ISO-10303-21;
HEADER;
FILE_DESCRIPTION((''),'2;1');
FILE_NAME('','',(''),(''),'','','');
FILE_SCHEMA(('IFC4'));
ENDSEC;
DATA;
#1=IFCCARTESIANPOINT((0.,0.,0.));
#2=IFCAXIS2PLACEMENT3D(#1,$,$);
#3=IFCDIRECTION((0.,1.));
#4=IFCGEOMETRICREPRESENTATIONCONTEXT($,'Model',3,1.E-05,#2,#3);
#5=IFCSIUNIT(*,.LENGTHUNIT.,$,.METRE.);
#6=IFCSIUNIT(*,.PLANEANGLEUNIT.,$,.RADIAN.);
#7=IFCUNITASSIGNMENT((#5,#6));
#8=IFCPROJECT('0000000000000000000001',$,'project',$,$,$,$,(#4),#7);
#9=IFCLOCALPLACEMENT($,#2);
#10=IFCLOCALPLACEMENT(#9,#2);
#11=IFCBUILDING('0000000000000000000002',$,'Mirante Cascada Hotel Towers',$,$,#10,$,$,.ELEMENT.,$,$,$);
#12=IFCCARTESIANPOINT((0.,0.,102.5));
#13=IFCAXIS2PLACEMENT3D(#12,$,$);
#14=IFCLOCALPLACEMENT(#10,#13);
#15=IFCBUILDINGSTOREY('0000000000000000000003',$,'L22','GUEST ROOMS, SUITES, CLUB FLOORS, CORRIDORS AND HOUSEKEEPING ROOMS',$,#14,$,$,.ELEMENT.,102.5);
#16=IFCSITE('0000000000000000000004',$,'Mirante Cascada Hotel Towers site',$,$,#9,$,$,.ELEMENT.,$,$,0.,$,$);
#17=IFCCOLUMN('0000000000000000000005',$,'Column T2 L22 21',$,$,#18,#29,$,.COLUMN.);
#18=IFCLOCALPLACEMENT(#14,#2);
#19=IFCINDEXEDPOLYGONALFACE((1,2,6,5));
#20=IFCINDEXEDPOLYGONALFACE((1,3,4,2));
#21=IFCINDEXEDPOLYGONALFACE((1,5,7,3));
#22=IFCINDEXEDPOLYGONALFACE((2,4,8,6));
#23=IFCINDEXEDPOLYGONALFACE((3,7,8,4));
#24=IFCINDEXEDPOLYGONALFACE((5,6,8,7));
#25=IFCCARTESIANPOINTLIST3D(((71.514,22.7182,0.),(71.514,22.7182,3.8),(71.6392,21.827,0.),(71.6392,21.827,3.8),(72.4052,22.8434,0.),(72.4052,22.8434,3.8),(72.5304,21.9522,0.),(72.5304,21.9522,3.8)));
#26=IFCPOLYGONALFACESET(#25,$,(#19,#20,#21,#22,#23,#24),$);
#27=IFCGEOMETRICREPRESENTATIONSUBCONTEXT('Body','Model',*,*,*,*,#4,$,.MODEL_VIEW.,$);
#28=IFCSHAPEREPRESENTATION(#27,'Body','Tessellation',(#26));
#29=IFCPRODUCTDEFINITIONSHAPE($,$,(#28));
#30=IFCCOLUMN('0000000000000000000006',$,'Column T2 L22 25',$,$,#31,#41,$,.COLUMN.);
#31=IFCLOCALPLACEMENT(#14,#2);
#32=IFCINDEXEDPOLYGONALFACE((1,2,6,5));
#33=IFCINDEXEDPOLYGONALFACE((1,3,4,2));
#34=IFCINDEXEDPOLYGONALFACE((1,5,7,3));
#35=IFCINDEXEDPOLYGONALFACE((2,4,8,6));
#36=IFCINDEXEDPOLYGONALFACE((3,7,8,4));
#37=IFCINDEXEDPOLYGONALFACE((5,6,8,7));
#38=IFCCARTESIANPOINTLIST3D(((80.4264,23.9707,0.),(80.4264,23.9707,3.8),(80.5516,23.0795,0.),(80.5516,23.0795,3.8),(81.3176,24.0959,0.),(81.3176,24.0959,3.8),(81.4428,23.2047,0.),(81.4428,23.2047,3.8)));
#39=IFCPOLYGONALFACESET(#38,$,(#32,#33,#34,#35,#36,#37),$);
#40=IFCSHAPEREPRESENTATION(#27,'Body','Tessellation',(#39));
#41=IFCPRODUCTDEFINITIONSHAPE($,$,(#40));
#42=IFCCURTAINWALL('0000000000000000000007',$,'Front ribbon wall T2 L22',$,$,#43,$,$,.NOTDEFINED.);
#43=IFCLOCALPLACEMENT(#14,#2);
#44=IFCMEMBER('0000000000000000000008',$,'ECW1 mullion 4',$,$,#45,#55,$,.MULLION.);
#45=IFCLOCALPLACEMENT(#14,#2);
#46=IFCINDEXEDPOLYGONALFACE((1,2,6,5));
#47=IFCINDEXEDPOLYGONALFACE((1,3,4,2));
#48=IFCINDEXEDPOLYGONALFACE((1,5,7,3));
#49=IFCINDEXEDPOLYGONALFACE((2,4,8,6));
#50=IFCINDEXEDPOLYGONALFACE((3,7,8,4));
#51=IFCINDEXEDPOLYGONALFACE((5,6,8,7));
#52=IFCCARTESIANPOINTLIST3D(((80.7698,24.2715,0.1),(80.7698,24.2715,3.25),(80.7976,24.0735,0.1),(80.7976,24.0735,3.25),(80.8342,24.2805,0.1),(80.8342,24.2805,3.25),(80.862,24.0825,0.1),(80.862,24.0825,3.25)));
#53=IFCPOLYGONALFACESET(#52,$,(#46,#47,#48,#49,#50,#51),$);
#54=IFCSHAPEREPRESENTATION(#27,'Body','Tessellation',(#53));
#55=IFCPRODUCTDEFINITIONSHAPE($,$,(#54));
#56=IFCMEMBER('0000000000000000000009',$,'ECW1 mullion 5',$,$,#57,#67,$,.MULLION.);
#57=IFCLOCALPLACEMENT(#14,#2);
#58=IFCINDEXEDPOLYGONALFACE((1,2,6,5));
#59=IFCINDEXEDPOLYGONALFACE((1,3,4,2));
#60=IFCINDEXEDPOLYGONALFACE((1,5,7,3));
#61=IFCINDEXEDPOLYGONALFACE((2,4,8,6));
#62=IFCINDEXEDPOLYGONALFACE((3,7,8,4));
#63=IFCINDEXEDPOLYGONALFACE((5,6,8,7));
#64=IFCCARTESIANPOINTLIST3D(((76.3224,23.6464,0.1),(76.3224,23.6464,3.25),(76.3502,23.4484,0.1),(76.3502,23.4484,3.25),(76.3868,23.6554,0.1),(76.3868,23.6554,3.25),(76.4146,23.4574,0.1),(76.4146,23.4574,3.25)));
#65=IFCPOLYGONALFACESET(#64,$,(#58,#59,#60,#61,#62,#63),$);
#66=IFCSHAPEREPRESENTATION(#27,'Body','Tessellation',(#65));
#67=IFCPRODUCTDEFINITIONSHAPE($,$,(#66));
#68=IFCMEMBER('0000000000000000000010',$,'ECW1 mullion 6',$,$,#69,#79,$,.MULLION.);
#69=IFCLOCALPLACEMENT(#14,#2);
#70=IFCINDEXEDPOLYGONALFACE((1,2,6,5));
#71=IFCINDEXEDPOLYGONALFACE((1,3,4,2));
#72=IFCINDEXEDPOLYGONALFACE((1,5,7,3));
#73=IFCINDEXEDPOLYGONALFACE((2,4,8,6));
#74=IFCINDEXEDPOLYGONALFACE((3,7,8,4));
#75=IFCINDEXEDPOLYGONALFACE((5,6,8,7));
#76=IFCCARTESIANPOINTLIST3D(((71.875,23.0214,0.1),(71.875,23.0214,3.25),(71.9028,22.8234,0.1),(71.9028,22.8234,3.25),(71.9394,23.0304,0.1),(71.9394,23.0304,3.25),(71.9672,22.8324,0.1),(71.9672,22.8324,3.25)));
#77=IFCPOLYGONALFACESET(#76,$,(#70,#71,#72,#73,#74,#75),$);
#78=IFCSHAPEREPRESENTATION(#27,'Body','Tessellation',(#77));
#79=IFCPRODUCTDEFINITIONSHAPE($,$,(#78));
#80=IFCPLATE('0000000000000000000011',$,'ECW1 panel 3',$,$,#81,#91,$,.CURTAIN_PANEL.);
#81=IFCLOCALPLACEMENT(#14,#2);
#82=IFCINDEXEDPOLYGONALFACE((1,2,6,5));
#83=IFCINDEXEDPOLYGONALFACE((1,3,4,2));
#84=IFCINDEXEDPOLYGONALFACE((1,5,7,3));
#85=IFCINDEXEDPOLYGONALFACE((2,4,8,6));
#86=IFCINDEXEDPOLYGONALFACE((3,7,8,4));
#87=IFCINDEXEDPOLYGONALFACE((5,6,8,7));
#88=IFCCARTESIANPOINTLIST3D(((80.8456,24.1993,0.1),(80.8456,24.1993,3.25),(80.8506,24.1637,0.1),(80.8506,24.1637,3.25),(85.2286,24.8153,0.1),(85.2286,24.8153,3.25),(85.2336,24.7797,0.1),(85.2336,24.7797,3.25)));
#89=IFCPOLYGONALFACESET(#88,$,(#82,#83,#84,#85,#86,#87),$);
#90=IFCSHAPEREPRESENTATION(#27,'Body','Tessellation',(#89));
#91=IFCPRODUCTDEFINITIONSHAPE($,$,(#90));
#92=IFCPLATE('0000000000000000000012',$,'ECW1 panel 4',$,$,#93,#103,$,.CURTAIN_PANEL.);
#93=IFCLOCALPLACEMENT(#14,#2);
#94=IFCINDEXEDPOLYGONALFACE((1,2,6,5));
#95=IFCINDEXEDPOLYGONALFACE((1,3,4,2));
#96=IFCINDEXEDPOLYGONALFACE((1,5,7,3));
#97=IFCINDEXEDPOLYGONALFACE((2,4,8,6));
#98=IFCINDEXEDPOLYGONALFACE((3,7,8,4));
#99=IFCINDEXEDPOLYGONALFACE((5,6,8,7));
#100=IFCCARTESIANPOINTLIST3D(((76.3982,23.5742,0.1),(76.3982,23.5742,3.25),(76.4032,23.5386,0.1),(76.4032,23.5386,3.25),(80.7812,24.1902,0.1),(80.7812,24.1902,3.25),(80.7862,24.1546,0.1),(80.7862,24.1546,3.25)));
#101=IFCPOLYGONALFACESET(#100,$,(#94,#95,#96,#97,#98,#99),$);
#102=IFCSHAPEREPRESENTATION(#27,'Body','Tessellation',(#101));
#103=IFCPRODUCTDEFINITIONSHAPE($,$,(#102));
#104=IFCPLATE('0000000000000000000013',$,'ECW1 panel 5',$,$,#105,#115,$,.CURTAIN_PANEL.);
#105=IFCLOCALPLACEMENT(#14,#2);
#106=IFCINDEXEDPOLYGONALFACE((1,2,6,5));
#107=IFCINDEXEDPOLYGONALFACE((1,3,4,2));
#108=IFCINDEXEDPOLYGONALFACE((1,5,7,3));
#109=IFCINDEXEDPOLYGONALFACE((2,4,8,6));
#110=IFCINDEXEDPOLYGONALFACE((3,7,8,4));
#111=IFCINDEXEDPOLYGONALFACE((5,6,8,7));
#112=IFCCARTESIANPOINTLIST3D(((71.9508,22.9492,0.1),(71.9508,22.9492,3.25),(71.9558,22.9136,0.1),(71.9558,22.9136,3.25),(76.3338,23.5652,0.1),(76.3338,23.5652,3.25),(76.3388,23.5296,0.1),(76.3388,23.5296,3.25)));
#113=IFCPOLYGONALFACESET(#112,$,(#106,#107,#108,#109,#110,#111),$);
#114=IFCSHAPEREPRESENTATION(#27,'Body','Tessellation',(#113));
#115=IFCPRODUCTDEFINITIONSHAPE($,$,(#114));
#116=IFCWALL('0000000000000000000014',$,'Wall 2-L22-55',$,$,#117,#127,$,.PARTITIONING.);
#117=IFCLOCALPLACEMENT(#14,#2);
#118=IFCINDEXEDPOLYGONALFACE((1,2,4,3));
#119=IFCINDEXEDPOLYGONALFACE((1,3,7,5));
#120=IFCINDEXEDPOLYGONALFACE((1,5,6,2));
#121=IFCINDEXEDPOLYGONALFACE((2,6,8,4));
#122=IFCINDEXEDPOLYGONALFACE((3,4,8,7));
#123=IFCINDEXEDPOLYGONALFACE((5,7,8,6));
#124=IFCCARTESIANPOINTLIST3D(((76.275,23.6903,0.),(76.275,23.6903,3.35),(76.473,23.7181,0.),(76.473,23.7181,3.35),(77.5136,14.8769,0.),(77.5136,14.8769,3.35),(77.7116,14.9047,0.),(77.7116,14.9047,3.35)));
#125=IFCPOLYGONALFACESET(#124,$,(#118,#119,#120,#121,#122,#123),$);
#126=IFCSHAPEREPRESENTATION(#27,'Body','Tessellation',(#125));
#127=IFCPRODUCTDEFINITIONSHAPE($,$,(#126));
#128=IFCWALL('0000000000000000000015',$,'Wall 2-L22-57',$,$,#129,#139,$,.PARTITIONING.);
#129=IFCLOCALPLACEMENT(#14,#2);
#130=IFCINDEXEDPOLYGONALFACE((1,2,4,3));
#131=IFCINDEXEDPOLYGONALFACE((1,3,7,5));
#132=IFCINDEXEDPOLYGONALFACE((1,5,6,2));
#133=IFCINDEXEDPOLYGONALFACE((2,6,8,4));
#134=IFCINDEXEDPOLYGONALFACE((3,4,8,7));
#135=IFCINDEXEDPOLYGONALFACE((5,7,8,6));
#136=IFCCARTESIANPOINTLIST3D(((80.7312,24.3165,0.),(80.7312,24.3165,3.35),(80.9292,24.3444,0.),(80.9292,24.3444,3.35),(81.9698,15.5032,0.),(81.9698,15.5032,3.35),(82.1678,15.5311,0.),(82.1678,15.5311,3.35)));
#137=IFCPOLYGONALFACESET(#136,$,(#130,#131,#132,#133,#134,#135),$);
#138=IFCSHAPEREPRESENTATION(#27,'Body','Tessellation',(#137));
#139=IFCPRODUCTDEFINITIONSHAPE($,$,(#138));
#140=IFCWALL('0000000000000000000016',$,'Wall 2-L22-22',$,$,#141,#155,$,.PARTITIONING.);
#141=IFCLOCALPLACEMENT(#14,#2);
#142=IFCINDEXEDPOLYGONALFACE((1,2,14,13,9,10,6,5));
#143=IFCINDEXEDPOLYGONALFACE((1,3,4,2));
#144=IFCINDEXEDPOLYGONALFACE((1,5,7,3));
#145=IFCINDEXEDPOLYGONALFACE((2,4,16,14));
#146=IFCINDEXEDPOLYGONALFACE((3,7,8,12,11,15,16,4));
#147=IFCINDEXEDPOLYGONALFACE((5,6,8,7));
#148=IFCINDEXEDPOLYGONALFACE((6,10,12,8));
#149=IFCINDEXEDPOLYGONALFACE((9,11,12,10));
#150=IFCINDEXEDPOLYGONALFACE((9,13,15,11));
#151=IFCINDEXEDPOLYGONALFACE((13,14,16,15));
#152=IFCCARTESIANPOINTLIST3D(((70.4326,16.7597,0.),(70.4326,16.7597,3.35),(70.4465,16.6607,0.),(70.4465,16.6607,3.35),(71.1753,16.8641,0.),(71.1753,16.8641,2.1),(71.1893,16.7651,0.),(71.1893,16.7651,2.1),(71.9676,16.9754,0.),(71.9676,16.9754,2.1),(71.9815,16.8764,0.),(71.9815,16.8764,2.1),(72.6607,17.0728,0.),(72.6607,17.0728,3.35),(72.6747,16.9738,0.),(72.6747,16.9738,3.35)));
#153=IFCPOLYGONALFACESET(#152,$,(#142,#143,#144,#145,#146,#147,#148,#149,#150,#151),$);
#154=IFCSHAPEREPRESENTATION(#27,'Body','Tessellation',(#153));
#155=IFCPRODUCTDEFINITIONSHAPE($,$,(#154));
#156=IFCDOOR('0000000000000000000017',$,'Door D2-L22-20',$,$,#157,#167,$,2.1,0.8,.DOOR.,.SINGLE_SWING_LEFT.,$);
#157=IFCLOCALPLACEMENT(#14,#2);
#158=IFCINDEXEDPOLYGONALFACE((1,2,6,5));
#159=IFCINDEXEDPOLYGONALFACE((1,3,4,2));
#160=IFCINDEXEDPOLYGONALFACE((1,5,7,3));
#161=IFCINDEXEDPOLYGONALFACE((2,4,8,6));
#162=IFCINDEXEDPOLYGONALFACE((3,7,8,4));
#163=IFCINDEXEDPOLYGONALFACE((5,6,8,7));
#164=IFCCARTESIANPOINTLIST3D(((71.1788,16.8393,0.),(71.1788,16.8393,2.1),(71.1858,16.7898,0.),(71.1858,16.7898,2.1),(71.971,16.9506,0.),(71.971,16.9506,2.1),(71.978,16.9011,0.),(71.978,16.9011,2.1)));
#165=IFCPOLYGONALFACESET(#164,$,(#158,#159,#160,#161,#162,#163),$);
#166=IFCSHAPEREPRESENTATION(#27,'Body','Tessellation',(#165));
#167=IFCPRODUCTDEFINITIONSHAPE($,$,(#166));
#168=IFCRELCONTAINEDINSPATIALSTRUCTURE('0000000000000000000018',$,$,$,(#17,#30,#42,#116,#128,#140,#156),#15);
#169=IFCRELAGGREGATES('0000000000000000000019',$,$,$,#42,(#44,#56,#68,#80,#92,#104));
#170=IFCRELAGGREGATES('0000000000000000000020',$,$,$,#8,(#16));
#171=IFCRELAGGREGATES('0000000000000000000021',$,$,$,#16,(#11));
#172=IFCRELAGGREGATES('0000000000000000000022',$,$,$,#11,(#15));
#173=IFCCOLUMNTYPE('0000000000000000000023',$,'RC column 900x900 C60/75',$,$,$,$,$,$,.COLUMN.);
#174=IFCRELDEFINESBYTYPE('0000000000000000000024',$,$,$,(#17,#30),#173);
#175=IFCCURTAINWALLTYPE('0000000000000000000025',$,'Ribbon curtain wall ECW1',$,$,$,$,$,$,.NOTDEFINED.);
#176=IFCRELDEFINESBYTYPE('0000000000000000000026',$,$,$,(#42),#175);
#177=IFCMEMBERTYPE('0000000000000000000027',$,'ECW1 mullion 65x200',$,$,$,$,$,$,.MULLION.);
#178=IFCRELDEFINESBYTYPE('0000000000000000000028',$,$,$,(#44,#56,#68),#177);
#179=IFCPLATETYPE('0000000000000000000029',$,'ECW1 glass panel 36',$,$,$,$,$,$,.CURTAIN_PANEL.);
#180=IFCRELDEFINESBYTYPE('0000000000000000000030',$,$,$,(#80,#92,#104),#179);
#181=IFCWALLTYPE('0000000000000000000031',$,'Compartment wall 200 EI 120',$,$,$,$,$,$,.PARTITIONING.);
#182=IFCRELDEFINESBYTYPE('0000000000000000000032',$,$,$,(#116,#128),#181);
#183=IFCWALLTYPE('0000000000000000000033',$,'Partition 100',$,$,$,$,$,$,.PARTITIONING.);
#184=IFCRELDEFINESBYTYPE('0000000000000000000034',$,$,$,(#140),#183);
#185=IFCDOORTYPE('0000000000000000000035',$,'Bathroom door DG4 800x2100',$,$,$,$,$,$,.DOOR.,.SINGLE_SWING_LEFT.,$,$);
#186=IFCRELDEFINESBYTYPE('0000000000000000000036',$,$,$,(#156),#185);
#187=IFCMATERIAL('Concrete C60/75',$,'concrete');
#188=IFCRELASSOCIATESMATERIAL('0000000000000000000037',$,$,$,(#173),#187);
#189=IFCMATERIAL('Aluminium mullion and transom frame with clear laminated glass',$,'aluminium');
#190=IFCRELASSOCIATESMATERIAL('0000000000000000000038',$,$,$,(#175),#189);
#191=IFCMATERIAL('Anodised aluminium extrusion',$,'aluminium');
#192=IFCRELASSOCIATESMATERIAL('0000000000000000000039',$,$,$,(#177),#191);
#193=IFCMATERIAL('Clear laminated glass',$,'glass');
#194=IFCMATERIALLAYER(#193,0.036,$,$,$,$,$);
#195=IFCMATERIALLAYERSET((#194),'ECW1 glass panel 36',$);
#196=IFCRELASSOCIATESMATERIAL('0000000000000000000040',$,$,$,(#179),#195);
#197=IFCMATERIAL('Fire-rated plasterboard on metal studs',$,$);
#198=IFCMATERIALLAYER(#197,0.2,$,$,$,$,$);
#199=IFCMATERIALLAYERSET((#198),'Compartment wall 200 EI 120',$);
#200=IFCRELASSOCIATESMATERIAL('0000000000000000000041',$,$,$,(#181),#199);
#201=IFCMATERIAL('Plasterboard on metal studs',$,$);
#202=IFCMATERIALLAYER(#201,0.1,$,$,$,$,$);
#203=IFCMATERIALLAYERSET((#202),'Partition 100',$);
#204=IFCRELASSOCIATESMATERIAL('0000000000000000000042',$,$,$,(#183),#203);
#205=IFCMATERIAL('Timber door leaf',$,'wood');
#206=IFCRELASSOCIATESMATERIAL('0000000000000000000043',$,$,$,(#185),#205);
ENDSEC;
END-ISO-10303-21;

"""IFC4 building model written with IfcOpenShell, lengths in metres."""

from ifc_helpers import new_model, si_unit, direction, frame, frame_2d, origin, origin_2d, place, context, subcontext, project, spatial, rectangle, extrude, material, layer, layer_set, material_profile, profile_set, type_object, element, fill, aggregate, save


model = new_model("IFC4")

# Units and contexts
model_context = context("Model", 3, precision=1e-05, world=origin(), true_north=direction((0.0, 1.0)))
body_context = subcontext(model_context, "Body", "Model", "MODEL_VIEW")
ifc_project = project(units=[si_unit("LENGTHUNIT", "METRE"), si_unit("PLANEANGLEUNIT", "RADIAN")], contexts=[model_context])

# Site, building, storey
site_placement = place(None, origin())
site = spatial("IfcSite", under=ifc_project, at=site_placement, Name="Mirante Cascada Hotel Towers site", CompositionType="ELEMENT", RefElevation=0.0)
building_placement = place(site_placement, origin())
building = spatial("IfcBuilding", under=site, at=building_placement, Name="Mirante Cascada Hotel Towers", CompositionType="ELEMENT")
storey_placement = place(building_placement, frame((0.0, 0.0, 102.5)))
storey = spatial("IfcBuildingStorey", under=building, at=storey_placement, Name="L22", Description="GUEST ROOMS, SUITES, CLUB FLOORS, CORRIDORS AND HOUSEKEEPING ROOMS", CompositionType="ELEMENT", Elevation=102.5)

# Columns
ifc_material_1 = material(Name="Concrete C60/75", Category="concrete")
ifc_material_profile_1 = material_profile(ifc_material_1, rectangle(XDim=0.9, YDim=0.9, at=origin_2d()), Name="RC column 900x900 C60/75")
ifc_profile_set_1 = profile_set([ifc_material_profile_1], Name="Concrete C60/75")
column_type = type_object("IfcColumnType", Name="RC column 900x900 C60/75", PredefinedType="COLUMN", material=ifc_profile_set_1)
for number, where, z_axis, x_axis, name in (
    (1, (72.0222, 22.3352, 0.0), (0.0, 0.0, 1.0), (0.990268, 0.139173, 0.0), "Column T2 L22 21"),
    (2, (80.9346, 23.5877, 0.0), (0.0, 0.0, 1.0), (0.990268, 0.139173, 0.0), "Column T2 L22 25"),
):
    element("IfcColumn", number, at=place(storey_placement, frame(where, z_axis=z_axis, x_axis=x_axis)), inside=storey, type_object=column_type, Name=name, PredefinedType="COLUMN", context=body_context, shape_type="SweptSolid", body=[
        extrude(rectangle(XDim=0.9, YDim=0.9, at=origin_2d()), origin(), (0.0, 0.0, 1.0), 3.8),
    ])

# Curtain wall, members, plates
ifc_material_2 = material(Name="Aluminium mullion and transom frame with clear laminated glass", Category="aluminium")
curtain_wall_type = type_object("IfcCurtainWallType", Name="Ribbon curtain wall ECW1", PredefinedType="NOTDEFINED", material=ifc_material_2)
curtain_wall_placement = place(storey_placement, origin())
curtain_wall = element("IfcCurtainWall", 3, at=curtain_wall_placement, inside=storey, type_object=curtain_wall_type, Name="Front ribbon wall T2 L22", PredefinedType="NOTDEFINED")
ifc_material_3 = material(Name="Anodised aluminium extrusion", Category="aluminium")
ifc_material_profile_2 = material_profile(ifc_material_3, rectangle(XDim=0.2, YDim=0.065, at=origin_2d()), Name="ECW1 MULLION 65x200")
ifc_profile_set_2 = profile_set([ifc_material_profile_2], Name="Anodised aluminium extrusion")
member_type = type_object("IfcMemberType", Name="ECW1 mullion 65x200", PredefinedType="MULLION", material=ifc_profile_set_2)
member_1_placement = place(storey_placement, frame((80.8159, 24.177, 0.1), z_axis=(0.0, 0.0, 1.0), x_axis=(0.139173, -0.990268, 0.0)))
member_1 = element("IfcMember", 4, at=member_1_placement, type_object=member_type, Name="ECW1 mullion 4", PredefinedType="MULLION", context=body_context, shape_type="SweptSolid", body=[
    extrude(rectangle(XDim=0.2, YDim=0.065, at=origin_2d()), origin(), (0.0, 0.0, 1.0), 3.15),
])
member_2_placement = place(storey_placement, frame((76.3685, 23.5519, 0.1), z_axis=(0.0, 0.0, 1.0), x_axis=(0.139173, -0.990268, 0.0)))
member_2 = element("IfcMember", 5, at=member_2_placement, type_object=member_type, Name="ECW1 mullion 5", PredefinedType="MULLION", context=body_context, shape_type="SweptSolid", body=[
    extrude(rectangle(XDim=0.2, YDim=0.065, at=origin_2d()), origin(), (0.0, 0.0, 1.0), 3.15),
])
member_3_placement = place(storey_placement, frame((71.9211, 22.9269, 0.1), z_axis=(0.0, 0.0, 1.0), x_axis=(0.139173, -0.990268, 0.0)))
member_3 = element("IfcMember", 6, at=member_3_placement, type_object=member_type, Name="ECW1 mullion 6", PredefinedType="MULLION", context=body_context, shape_type="SweptSolid", body=[
    extrude(rectangle(XDim=0.2, YDim=0.065, at=origin_2d()), origin(), (0.0, 0.0, 1.0), 3.15),
])
ifc_material_4 = material(Name="Clear laminated glass", Category="glass")
ifc_layer_1 = layer(ifc_material_4, 0.036)
ifc_layer_set_1 = layer_set([ifc_layer_1], Name="ECW1 glass panel 36")
plate_type = type_object("IfcPlateType", Name="ECW1 glass panel 36", PredefinedType="CURTAIN_PANEL", material=ifc_layer_set_1)
plate_1_placement = place(storey_placement, frame((83.0396, 24.4895, 0.1), z_axis=(0.0, 0.0, 1.0), x_axis=(-0.990268, -0.139173, 0.0)))
plate_1 = element("IfcPlate", 7, at=plate_1_placement, type_object=plate_type, Name="ECW1 panel 3", PredefinedType="CURTAIN_PANEL", context=body_context, shape_type="SweptSolid", body=[
    extrude(rectangle(XDim=4.4261, YDim=0.036, at=origin_2d()), origin(), (0.0, 0.0, 1.0), 3.15),
])
plate_2_placement = place(storey_placement, frame((78.5922, 23.8644, 0.1), z_axis=(0.0, 0.0, 1.0), x_axis=(-0.990268, -0.139173, 0.0)))
plate_2 = element("IfcPlate", 8, at=plate_2_placement, type_object=plate_type, Name="ECW1 panel 4", PredefinedType="CURTAIN_PANEL", context=body_context, shape_type="SweptSolid", body=[
    extrude(rectangle(XDim=4.4261, YDim=0.036, at=origin_2d()), origin(), (0.0, 0.0, 1.0), 3.15),
])
plate_3_placement = place(storey_placement, frame((74.1448, 23.2394, 0.1), z_axis=(0.0, 0.0, 1.0), x_axis=(-0.990268, -0.139173, 0.0)))
plate_3 = element("IfcPlate", 9, at=plate_3_placement, type_object=plate_type, Name="ECW1 panel 5", PredefinedType="CURTAIN_PANEL", context=body_context, shape_type="SweptSolid", body=[
    extrude(rectangle(XDim=4.4261, YDim=0.036, at=origin_2d()), origin(), (0.0, 0.0, 1.0), 3.15),
])
aggregate(curtain_wall, [member_1, member_2, member_3, plate_1, plate_2, plate_3])

# Walls
ifc_material_5 = material(Name="Fire-rated plasterboard on metal studs")
ifc_layer_2 = layer(ifc_material_5, 0.2)
ifc_layer_set_2 = layer_set([ifc_layer_2], Name="Compartment wall 200 EI 120")
wall_type_1 = type_object("IfcWallType", Name="Compartment wall 200 EI 120", PredefinedType="PARTITIONING", material=ifc_layer_set_2)
wall_1_placement = place(storey_placement, frame((77.6126, 14.8908, 0.0), z_axis=(0.0, 0.0, 1.0), x_axis=(-0.139168, 0.990269, 0.0)))
element("IfcWall", 10, at=wall_1_placement, inside=storey, type_object=wall_type_1, Name="Wall 2-L22-55", PredefinedType="PARTITIONING", context=body_context, shape_type="SweptSolid", body=[
    extrude(rectangle(XDim=8.9, YDim=0.2, at=frame_2d((4.45, 0.0))), origin(), (0.0, 0.0, 1.0), 3.35),
])
wall_2_placement = place(storey_placement, frame((82.0688, 15.5171, 0.0), z_axis=(0.0, 0.0, 1.0), x_axis=(-0.13917, 0.990268, 0.0)))
element("IfcWall", 11, at=wall_2_placement, inside=storey, type_object=wall_type_1, Name="Wall 2-L22-57", PredefinedType="PARTITIONING", context=body_context, shape_type="SweptSolid", body=[
    extrude(rectangle(XDim=8.8999, YDim=0.2, at=frame_2d((4.45, 0.0))), origin(), (0.0, 0.0, 1.0), 3.35),
])

# Wall, opening, door
ifc_material_6 = material(Name="Plasterboard on metal studs")
ifc_layer_3 = layer(ifc_material_6, 0.1)
ifc_layer_set_3 = layer_set([ifc_layer_3], Name="Partition 100")
wall_type_2 = type_object("IfcWallType", Name="Partition 100", PredefinedType="PARTITIONING", material=ifc_layer_set_3)
wall_3_placement = place(storey_placement, frame((72.6677, 17.0233, 0.0), z_axis=(0.0, 0.0, 1.0), x_axis=(-0.990271, -0.139156, 0.0)))
wall_3 = element("IfcWall", 12, at=wall_3_placement, inside=storey, type_object=wall_type_2, Name="Wall 2-L22-22", PredefinedType="PARTITIONING", context=body_context, shape_type="SweptSolid", body=[
    extrude(rectangle(XDim=2.25, YDim=0.1, at=frame_2d((1.125, 0.0))), origin(), (0.0, 0.0, 1.0), 3.35),
])
opening_1_placement = place(wall_3_placement, frame((0.7, 0.0, 0.0)))
opening_1 = element("IfcOpeningElement", 13, at=opening_1_placement, cuts=wall_3, PredefinedType="OPENING", context=body_context, shape_type="SweptSolid", body=[
    extrude(rectangle(XDim=0.8, YDim=2.1, at=frame_2d((0.4, 1.05))), frame((0.0, 0.05, 0.0), z_axis=(0.0, -1.0, 0.0), x_axis=(1.0, 0.0, 0.0)), (0.0, 0.0, 1.0), 0.1),
])
ifc_material_7 = material(Name="Timber door leaf", Category="wood")
door_type = type_object("IfcDoorType", Name="Bathroom door DG4 800x2100", OperationType="SINGLE_SWING_LEFT", PredefinedType="DOOR", material=ifc_material_7)
door_1_placement = place(opening_1_placement, origin())
door_1 = element("IfcDoor", 14, at=door_1_placement, inside=storey, type_object=door_type, Name="Door D2-L22-20", OperationType="SINGLE_SWING_LEFT", OverallHeight=2.1, OverallWidth=0.8, PredefinedType="DOOR", context=body_context, shape_type="SweptSolid", body=[
    extrude(rectangle(XDim=0.8, YDim=2.1, at=frame_2d((0.4, 1.05))), frame((0.0, 0.025, 0.0), z_axis=(0.0, -1.0, 0.0), x_axis=(1.0, 0.0, 0.0)), (0.0, 0.0, 1.0), 0.05),
])
fill(opening_1, door_1)

save(model, "model.ifc")
